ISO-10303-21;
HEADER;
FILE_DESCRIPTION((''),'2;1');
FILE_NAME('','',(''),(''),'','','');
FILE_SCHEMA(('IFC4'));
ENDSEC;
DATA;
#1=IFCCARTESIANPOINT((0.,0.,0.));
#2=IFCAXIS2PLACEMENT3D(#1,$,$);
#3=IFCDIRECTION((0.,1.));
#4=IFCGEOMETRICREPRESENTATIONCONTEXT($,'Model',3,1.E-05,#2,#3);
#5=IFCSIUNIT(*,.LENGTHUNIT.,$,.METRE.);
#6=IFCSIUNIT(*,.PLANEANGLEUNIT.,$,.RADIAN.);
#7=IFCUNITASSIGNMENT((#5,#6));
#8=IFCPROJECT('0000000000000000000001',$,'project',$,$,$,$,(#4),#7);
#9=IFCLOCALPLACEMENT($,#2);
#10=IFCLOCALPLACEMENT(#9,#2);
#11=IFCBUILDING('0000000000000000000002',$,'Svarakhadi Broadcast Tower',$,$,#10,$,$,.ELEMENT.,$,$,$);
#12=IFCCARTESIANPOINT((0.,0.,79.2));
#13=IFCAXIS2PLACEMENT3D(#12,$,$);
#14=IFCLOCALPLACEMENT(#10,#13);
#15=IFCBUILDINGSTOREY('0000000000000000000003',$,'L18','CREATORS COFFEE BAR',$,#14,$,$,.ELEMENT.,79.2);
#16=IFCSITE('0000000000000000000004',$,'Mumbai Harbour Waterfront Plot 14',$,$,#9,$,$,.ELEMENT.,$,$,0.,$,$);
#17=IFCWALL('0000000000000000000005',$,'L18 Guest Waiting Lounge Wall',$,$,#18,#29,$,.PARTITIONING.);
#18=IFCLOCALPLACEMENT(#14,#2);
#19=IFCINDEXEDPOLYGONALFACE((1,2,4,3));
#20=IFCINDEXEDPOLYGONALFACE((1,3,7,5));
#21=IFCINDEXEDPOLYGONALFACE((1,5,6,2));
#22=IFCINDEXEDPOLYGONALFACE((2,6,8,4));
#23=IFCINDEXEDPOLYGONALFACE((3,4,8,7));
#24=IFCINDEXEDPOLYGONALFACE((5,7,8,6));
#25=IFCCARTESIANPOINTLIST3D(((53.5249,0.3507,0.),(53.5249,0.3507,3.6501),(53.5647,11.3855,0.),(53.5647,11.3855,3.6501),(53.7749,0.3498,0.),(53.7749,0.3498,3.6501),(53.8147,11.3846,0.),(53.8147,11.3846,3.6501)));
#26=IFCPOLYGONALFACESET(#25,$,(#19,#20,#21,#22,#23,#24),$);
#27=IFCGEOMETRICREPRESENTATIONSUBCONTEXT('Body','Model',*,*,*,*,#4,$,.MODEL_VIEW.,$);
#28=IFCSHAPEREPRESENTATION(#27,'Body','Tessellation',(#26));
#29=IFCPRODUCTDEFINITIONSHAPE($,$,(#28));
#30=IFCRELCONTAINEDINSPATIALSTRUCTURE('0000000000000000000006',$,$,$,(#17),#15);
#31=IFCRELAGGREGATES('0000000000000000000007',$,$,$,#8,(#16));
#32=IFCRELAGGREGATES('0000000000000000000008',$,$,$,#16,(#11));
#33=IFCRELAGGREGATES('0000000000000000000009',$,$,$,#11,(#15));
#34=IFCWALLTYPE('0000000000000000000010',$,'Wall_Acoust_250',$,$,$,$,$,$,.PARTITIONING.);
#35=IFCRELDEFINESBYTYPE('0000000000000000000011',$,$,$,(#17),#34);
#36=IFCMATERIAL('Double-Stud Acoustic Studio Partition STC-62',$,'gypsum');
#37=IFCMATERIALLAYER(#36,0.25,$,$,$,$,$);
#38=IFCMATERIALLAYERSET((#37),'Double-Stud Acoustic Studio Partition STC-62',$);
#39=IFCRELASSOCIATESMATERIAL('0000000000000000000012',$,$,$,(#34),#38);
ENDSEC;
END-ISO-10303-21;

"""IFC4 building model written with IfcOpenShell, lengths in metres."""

from ifc_helpers import new_model, si_unit, direction, frame, frame_2d, origin, place, context, subcontext, project, spatial, rectangle, extrude, material, layer, layer_set, type_object, element, save


model = new_model("IFC4")

# Units and contexts
model_context = context("Model", 3, precision=1e-05, world=origin(), true_north=direction((0.0, 1.0)))
body_context = subcontext(model_context, "Body", "Model", "MODEL_VIEW")
ifc_project = project(units=[si_unit("LENGTHUNIT", "METRE"), si_unit("PLANEANGLEUNIT", "RADIAN")], contexts=[model_context])

# Site, building, storey
site_placement = place(None, origin())
site = spatial("IfcSite", under=ifc_project, at=site_placement, Name="Mumbai Harbour Waterfront Plot 14", CompositionType="ELEMENT", RefElevation=0.0)
building_placement = place(site_placement, origin())
building = spatial("IfcBuilding", under=site, at=building_placement, Name="Svarakhadi Broadcast Tower", CompositionType="ELEMENT")
storey_placement = place(building_placement, frame((0.0, 0.0, 79.2)))
storey = spatial("IfcBuildingStorey", under=building, at=storey_placement, Name="L18", Description="CREATORS COFFEE BAR", CompositionType="ELEMENT", Elevation=79.2)

# Wall
ifc_material_1 = material(Name="Double-Stud Acoustic Studio Partition STC-62", Category="gypsum")
ifc_layer_1 = layer(ifc_material_1, 0.25)
ifc_layer_set_1 = layer_set([ifc_layer_1], Name="Double-Stud Acoustic Studio Partition STC-62")
wall_type = type_object("IfcWallType", Name="Wall_Acoust_250", PredefinedType="PARTITIONING", material=ifc_layer_set_1)
wall_placement = place(storey_placement, frame((53.6499, 0.3501, 0.0), z_axis=(0.0, 0.0, 1.0), x_axis=(0.003606, 0.999993, 0.0)))
element("IfcWall", 1, at=wall_placement, inside=storey, type_object=wall_type, Name="L18 Guest Waiting Lounge Wall", PredefinedType="PARTITIONING", context=body_context, shape_type="SweptSolid", body=[
    extrude(rectangle(XDim=11.0349, YDim=0.25, at=frame_2d((5.5176, 0.0))), origin(), (0.0, 0.0, 1.0), 3.6501),
])

save(model, "model.ifc")
